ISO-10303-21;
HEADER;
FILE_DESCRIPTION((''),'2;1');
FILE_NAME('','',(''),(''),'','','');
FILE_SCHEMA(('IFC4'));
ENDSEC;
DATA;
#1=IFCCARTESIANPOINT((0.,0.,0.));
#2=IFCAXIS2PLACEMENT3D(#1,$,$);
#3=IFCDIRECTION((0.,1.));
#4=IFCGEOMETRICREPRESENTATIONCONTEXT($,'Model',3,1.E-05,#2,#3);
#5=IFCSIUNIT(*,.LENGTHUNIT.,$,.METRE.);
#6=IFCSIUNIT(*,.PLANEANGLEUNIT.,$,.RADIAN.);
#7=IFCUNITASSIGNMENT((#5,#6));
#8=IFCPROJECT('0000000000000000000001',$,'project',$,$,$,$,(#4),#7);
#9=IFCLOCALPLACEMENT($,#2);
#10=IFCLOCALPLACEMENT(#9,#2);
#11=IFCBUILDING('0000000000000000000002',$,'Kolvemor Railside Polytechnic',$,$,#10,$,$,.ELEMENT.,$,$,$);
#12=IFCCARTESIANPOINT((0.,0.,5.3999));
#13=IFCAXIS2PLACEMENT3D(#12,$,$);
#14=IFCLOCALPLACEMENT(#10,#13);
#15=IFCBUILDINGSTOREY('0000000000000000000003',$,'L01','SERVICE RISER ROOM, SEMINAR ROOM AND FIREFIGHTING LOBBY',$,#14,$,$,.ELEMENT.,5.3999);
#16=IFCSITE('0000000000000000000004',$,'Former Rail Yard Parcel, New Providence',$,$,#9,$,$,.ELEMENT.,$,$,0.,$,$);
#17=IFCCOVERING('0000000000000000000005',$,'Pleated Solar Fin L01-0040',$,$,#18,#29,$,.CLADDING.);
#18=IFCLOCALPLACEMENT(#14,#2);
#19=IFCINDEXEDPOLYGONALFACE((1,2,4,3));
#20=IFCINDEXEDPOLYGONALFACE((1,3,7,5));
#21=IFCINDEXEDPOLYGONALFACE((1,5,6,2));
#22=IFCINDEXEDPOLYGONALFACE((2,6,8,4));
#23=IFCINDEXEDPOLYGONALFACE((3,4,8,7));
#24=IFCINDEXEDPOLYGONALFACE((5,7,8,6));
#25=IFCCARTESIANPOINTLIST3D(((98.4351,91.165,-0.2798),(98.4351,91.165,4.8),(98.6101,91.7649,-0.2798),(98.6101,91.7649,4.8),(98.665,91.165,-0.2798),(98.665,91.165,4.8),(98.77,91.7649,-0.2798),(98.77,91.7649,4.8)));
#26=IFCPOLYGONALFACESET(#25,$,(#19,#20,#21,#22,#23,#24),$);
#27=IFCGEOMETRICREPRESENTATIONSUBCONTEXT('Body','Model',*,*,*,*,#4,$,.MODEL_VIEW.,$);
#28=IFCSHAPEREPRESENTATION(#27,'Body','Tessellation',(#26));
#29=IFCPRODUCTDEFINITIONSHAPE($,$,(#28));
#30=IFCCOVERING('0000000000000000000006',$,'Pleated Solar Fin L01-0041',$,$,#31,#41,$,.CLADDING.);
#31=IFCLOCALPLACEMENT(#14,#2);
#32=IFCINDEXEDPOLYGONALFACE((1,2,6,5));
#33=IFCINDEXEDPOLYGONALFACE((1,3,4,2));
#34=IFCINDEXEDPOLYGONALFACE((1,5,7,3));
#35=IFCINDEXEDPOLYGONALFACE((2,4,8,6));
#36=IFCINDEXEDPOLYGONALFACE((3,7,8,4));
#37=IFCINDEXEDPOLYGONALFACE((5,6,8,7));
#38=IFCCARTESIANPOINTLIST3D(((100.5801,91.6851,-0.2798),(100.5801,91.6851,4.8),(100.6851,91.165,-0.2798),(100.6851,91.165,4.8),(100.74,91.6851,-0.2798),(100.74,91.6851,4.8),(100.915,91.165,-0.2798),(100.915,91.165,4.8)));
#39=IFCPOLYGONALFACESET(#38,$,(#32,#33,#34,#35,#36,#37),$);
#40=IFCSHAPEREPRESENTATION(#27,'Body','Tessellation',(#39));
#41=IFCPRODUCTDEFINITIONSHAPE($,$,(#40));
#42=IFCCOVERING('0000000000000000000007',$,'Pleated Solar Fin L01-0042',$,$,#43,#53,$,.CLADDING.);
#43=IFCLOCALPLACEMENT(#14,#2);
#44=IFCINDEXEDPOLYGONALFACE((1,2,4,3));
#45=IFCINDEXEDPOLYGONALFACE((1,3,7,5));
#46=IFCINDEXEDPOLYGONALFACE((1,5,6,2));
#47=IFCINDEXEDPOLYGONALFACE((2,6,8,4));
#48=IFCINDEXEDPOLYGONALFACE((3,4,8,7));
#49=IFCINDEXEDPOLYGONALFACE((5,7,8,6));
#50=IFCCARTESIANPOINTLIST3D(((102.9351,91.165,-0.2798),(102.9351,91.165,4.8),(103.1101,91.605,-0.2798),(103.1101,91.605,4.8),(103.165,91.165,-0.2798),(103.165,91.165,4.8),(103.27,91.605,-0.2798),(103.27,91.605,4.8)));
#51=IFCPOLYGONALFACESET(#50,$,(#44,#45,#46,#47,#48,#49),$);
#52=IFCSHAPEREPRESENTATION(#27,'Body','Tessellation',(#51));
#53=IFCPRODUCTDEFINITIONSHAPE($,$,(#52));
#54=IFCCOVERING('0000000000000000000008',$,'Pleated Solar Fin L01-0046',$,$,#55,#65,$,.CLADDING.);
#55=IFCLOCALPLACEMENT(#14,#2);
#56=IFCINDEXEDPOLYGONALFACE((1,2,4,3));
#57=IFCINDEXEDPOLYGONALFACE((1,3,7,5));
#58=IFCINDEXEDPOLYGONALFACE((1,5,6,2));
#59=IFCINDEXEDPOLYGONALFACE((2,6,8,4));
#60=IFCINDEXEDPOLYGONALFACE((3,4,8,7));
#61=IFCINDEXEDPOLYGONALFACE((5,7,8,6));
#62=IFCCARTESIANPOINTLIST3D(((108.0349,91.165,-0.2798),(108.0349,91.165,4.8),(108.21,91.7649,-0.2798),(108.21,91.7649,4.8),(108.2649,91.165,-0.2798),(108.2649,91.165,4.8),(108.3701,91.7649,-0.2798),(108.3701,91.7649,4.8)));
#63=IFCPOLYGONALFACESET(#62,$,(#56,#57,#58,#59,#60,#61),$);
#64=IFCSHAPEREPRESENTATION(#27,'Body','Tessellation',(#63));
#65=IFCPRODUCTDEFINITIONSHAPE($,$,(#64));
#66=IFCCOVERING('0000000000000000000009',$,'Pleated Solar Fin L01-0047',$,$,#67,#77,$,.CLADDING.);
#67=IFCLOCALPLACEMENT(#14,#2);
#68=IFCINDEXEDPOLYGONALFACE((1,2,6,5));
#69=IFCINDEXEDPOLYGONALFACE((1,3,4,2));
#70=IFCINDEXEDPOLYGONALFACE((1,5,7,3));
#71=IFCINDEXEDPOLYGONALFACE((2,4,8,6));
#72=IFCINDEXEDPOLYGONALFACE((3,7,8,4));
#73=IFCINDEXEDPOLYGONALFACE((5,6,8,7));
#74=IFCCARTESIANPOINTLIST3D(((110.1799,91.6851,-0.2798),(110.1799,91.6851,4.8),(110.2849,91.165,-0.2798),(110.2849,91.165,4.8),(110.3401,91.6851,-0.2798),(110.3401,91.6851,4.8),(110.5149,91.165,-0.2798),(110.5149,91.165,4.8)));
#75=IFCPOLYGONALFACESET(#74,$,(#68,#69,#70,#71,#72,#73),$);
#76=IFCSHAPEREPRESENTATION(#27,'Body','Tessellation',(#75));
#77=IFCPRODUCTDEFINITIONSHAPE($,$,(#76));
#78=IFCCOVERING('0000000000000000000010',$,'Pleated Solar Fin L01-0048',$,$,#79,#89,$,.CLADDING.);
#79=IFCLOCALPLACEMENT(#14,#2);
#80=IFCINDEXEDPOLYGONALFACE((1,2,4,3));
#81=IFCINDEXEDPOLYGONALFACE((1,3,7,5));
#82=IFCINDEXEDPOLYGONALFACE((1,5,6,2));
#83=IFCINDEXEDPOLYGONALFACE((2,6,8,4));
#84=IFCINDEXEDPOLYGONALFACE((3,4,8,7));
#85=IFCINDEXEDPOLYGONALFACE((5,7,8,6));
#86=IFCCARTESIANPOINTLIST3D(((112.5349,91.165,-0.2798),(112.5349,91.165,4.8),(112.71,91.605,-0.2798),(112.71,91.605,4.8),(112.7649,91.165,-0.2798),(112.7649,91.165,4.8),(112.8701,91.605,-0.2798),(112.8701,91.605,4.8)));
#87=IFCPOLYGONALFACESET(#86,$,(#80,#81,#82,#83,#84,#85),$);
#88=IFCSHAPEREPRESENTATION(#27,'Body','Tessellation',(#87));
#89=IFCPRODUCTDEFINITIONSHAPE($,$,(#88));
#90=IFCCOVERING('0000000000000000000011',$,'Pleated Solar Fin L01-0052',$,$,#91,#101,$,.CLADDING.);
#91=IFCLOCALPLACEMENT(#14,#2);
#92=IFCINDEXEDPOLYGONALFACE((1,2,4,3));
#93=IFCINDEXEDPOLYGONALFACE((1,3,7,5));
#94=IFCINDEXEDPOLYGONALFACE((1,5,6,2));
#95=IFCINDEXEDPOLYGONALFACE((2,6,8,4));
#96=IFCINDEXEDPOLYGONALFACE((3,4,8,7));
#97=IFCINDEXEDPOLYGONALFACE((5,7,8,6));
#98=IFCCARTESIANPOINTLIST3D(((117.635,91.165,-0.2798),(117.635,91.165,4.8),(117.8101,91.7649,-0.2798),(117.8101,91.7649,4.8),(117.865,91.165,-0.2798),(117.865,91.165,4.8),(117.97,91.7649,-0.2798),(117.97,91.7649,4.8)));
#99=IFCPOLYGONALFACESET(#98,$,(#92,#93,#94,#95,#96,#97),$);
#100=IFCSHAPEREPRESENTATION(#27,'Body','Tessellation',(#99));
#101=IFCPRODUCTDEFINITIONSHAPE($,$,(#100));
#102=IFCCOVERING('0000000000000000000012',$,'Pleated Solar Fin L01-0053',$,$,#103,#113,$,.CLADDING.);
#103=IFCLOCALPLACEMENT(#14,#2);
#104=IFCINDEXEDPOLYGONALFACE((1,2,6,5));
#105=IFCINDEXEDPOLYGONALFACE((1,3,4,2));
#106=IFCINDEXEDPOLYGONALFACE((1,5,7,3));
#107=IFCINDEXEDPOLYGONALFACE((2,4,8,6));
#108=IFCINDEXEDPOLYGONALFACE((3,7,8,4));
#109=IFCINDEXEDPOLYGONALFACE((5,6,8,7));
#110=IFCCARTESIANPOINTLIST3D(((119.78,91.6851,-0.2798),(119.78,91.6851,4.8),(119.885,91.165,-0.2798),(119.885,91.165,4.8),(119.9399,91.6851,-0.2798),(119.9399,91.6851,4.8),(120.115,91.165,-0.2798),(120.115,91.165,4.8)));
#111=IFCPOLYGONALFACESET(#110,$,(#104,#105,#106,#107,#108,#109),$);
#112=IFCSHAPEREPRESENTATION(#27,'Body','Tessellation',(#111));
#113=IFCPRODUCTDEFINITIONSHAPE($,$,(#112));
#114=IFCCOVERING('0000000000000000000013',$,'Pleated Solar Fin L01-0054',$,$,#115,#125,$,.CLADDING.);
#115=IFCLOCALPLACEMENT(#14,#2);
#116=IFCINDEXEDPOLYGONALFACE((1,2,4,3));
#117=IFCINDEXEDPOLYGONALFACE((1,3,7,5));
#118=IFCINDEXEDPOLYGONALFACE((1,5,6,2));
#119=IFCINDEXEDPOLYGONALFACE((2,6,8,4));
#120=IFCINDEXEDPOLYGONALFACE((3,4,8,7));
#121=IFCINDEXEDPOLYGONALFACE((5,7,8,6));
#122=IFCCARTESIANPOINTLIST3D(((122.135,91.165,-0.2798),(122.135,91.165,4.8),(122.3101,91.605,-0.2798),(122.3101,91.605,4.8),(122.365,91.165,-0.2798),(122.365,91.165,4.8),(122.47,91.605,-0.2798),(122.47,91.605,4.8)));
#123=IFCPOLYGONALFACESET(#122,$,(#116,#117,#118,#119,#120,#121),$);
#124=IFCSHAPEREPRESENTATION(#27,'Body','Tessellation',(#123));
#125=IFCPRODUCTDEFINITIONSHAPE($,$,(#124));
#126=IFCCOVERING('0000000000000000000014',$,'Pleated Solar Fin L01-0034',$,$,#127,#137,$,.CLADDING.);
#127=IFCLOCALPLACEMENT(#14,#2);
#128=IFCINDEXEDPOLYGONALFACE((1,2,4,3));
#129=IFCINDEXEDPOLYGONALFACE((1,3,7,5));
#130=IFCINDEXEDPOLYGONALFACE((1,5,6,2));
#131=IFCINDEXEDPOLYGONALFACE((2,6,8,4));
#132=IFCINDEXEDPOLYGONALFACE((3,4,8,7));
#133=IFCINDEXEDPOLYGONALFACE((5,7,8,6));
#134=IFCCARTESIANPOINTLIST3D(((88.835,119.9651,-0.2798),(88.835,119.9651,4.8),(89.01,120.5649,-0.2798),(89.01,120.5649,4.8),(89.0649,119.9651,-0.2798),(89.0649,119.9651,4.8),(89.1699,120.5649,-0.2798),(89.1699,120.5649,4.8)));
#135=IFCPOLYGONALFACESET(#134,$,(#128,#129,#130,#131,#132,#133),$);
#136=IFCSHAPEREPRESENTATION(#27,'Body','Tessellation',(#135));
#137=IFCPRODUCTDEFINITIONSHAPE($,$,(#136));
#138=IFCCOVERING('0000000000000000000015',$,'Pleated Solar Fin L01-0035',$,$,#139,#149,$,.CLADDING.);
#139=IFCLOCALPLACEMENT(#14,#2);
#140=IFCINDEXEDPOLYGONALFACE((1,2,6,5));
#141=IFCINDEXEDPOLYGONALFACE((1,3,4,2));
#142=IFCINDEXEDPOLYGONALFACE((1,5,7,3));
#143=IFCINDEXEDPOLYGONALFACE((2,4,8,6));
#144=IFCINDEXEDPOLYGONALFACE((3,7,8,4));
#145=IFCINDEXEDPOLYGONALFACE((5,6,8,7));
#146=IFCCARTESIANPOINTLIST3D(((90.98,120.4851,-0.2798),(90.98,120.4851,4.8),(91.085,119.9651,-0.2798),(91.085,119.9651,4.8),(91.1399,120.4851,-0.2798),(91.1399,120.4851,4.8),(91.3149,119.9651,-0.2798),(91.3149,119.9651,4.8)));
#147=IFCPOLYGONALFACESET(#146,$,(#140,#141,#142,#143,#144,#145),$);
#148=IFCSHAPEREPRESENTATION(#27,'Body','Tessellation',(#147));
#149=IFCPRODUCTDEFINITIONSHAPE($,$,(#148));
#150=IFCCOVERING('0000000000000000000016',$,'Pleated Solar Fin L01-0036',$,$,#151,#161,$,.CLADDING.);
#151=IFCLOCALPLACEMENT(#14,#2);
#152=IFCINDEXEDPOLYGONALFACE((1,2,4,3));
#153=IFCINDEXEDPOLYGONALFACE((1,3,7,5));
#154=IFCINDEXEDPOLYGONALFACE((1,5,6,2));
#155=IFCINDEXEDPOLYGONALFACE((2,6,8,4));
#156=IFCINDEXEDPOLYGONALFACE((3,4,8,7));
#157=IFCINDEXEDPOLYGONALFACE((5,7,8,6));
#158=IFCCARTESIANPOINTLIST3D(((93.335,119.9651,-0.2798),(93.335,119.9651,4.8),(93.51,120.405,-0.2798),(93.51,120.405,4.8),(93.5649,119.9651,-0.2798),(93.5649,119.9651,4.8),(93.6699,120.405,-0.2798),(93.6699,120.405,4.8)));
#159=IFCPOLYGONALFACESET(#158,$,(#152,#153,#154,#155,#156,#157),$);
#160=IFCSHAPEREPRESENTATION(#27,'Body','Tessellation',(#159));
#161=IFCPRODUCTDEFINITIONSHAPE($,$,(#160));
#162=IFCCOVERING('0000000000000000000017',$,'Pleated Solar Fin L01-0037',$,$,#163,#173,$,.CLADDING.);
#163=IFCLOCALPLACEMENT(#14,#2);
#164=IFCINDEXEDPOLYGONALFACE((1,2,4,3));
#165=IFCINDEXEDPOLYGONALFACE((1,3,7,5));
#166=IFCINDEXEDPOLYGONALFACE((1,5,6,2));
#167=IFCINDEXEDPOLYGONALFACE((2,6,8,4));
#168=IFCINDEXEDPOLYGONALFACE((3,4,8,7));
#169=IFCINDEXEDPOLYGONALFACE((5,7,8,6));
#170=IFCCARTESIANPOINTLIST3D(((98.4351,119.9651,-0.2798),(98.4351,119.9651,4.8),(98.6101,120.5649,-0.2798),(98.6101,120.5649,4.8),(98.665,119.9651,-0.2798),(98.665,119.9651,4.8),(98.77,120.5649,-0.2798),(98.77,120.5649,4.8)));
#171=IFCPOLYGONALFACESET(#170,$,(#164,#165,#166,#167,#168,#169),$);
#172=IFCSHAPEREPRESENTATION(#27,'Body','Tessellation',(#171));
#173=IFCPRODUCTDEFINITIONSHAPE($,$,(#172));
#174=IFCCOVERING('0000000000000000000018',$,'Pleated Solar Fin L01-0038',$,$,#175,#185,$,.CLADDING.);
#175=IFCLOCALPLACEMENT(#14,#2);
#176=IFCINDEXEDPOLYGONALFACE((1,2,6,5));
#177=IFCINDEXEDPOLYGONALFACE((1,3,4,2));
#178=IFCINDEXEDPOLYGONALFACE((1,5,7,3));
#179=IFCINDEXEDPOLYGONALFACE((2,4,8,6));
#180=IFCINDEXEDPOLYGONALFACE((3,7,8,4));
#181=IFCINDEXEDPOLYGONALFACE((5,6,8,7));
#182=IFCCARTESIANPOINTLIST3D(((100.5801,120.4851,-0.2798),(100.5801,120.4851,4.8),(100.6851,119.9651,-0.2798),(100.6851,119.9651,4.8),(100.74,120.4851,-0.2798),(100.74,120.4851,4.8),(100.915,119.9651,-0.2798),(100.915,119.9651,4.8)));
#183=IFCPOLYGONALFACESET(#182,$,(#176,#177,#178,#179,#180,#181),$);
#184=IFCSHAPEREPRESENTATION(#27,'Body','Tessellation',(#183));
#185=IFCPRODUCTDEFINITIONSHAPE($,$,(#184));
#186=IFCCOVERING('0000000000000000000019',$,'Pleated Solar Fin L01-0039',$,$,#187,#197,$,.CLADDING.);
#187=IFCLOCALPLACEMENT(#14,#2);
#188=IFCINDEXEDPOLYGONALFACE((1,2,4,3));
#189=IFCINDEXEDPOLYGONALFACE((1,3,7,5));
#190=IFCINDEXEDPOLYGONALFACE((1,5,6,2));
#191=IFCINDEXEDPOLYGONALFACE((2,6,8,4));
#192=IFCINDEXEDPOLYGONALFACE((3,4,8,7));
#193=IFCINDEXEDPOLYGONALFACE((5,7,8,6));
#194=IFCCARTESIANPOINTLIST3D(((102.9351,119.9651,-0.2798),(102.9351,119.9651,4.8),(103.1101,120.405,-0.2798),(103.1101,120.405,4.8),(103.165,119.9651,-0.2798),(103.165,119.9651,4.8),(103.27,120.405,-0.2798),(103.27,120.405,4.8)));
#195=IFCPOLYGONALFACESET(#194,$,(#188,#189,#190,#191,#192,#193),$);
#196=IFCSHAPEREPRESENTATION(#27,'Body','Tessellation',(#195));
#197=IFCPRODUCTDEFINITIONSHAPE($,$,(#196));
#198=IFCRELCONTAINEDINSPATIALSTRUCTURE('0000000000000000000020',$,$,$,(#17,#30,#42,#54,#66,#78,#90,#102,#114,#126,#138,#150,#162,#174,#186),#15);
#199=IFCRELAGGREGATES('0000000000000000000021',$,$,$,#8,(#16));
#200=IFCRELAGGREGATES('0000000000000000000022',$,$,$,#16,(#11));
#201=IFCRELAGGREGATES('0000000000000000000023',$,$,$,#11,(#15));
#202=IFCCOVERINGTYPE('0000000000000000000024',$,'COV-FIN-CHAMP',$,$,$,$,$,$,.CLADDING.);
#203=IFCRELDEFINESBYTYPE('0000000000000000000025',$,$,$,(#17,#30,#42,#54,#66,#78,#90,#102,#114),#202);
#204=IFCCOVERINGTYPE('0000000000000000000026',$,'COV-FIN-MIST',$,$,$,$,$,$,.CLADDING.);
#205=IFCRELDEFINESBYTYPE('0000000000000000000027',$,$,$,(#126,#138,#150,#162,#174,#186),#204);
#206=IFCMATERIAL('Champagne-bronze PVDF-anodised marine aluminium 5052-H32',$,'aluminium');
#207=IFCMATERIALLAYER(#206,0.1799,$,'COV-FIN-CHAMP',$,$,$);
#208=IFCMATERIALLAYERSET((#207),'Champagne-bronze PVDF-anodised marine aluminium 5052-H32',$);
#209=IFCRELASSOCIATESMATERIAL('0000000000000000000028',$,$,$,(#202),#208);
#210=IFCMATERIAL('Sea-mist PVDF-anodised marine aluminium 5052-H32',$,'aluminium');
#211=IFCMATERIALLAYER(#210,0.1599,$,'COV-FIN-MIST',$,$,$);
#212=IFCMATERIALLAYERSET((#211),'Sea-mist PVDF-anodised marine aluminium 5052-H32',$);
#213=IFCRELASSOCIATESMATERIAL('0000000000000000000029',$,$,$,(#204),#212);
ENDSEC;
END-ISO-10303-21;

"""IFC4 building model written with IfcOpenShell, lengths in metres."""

from ifc_helpers import new_model, si_unit, direction, frame, origin, place, context, subcontext, project, spatial, polyline, outline, extrude, material, layer, layer_set, type_object, element, save


model = new_model("IFC4")

# Units and contexts
model_context = context("Model", 3, precision=1e-05, world=origin(), true_north=direction((0.0, 1.0)))
body_context = subcontext(model_context, "Body", "Model", "MODEL_VIEW")
ifc_project = project(units=[si_unit("LENGTHUNIT", "METRE"), si_unit("PLANEANGLEUNIT", "RADIAN")], contexts=[model_context])

# Site, building, storey
site_placement = place(None, origin())
site = spatial("IfcSite", under=ifc_project, at=site_placement, Name="Former Rail Yard Parcel, New Providence", CompositionType="ELEMENT", RefElevation=0.0)
building_placement = place(site_placement, origin())
building = spatial("IfcBuilding", under=site, at=building_placement, Name="Kolvemor Railside Polytechnic", CompositionType="ELEMENT")
storey_placement = place(building_placement, frame((0.0, 0.0, 5.3999)))
storey = spatial("IfcBuildingStorey", under=building, at=storey_placement, Name="L01", Description="SERVICE RISER ROOM, SEMINAR ROOM AND FIREFIGHTING LOBBY", CompositionType="ELEMENT", Elevation=5.3999)

# Coverings
ifc_material_1 = material(Name="Champagne-bronze PVDF-anodised marine aluminium 5052-H32", Category="aluminium")
ifc_layer_1 = layer(ifc_material_1, 0.1799, Name="COV-FIN-CHAMP")
ifc_layer_set_1 = layer_set([ifc_layer_1], Name="Champagne-bronze PVDF-anodised marine aluminium 5052-H32")
covering_type_1 = type_object("IfcCoveringType", Name="COV-FIN-CHAMP", PredefinedType="CLADDING", material=ifc_layer_set_1)
covering_1_placement = place(storey_placement, frame((0.0, 0.0, -0.2798)))
element("IfcCovering", 1, at=covering_1_placement, inside=storey, type_object=covering_type_1, Name="Pleated Solar Fin L01-0040", PredefinedType="CLADDING", context=body_context, shape_type="SweptSolid", body=[
    extrude(outline(polyline([(98.4351, 91.165), (98.665, 91.165), (98.77, 91.7649), (98.6101, 91.7649), (98.4351, 91.165)])), origin(), (0.0, 0.0, 1.0), 5.0798),
])
covering_2_placement = place(storey_placement, frame((0.0, 0.0, -0.2798)))
element("IfcCovering", 2, at=covering_2_placement, inside=storey, type_object=covering_type_1, Name="Pleated Solar Fin L01-0041", PredefinedType="CLADDING", context=body_context, shape_type="SweptSolid", body=[
    extrude(outline(polyline([(100.6851, 91.165), (100.915, 91.165), (100.74, 91.6851), (100.5801, 91.6851), (100.6851, 91.165)])), origin(), (0.0, 0.0, 1.0), 5.0798),
])
covering_3_placement = place(storey_placement, frame((0.0, 0.0, -0.2798)))
element("IfcCovering", 3, at=covering_3_placement, inside=storey, type_object=covering_type_1, Name="Pleated Solar Fin L01-0042", PredefinedType="CLADDING", context=body_context, shape_type="SweptSolid", body=[
    extrude(outline(polyline([(102.9351, 91.165), (103.165, 91.165), (103.27, 91.605), (103.1101, 91.605), (102.9351, 91.165)])), origin(), (0.0, 0.0, 1.0), 5.0798),
])
covering_4_placement = place(storey_placement, frame((0.0, 0.0, -0.2798)))
element("IfcCovering", 4, at=covering_4_placement, inside=storey, type_object=covering_type_1, Name="Pleated Solar Fin L01-0046", PredefinedType="CLADDING", context=body_context, shape_type="SweptSolid", body=[
    extrude(outline(polyline([(108.0349, 91.165), (108.2649, 91.165), (108.3701, 91.7649), (108.21, 91.7649), (108.0349, 91.165)])), origin(), (0.0, 0.0, 1.0), 5.0798),
])
covering_5_placement = place(storey_placement, frame((0.0, 0.0, -0.2798)))
element("IfcCovering", 5, at=covering_5_placement, inside=storey, type_object=covering_type_1, Name="Pleated Solar Fin L01-0047", PredefinedType="CLADDING", context=body_context, shape_type="SweptSolid", body=[
    extrude(outline(polyline([(110.2849, 91.165), (110.5149, 91.165), (110.3401, 91.6851), (110.1799, 91.6851), (110.2849, 91.165)])), origin(), (0.0, 0.0, 1.0), 5.0798),
])
covering_6_placement = place(storey_placement, frame((0.0, 0.0, -0.2798)))
element("IfcCovering", 6, at=covering_6_placement, inside=storey, type_object=covering_type_1, Name="Pleated Solar Fin L01-0048", PredefinedType="CLADDING", context=body_context, shape_type="SweptSolid", body=[
    extrude(outline(polyline([(112.5349, 91.165), (112.7649, 91.165), (112.8701, 91.605), (112.71, 91.605), (112.5349, 91.165)])), origin(), (0.0, 0.0, 1.0), 5.0798),
])
covering_7_placement = place(storey_placement, frame((0.0, 0.0, -0.2798)))
element("IfcCovering", 7, at=covering_7_placement, inside=storey, type_object=covering_type_1, Name="Pleated Solar Fin L01-0052", PredefinedType="CLADDING", context=body_context, shape_type="SweptSolid", body=[
    extrude(outline(polyline([(117.635, 91.165), (117.865, 91.165), (117.97, 91.7649), (117.8101, 91.7649), (117.635, 91.165)])), origin(), (0.0, 0.0, 1.0), 5.0798),
])
covering_8_placement = place(storey_placement, frame((0.0, 0.0, -0.2798)))
element("IfcCovering", 8, at=covering_8_placement, inside=storey, type_object=covering_type_1, Name="Pleated Solar Fin L01-0053", PredefinedType="CLADDING", context=body_context, shape_type="SweptSolid", body=[
    extrude(outline(polyline([(119.885, 91.165), (120.115, 91.165), (119.9399, 91.6851), (119.78, 91.6851), (119.885, 91.165)])), origin(), (0.0, 0.0, 1.0), 5.0798),
])
covering_9_placement = place(storey_placement, frame((0.0, 0.0, -0.2798)))
element("IfcCovering", 9, at=covering_9_placement, inside=storey, type_object=covering_type_1, Name="Pleated Solar Fin L01-0054", PredefinedType="CLADDING", context=body_context, shape_type="SweptSolid", body=[
    extrude(outline(polyline([(122.135, 91.165), (122.365, 91.165), (122.47, 91.605), (122.3101, 91.605), (122.135, 91.165)])), origin(), (0.0, 0.0, 1.0), 5.0798),
])
ifc_material_2 = material(Name="Sea-mist PVDF-anodised marine aluminium 5052-H32", Category="aluminium")
ifc_layer_2 = layer(ifc_material_2, 0.1599, Name="COV-FIN-MIST")
ifc_layer_set_2 = layer_set([ifc_layer_2], Name="Sea-mist PVDF-anodised marine aluminium 5052-H32")
covering_type_2 = type_object("IfcCoveringType", Name="COV-FIN-MIST", PredefinedType="CLADDING", material=ifc_layer_set_2)
covering_10_placement = place(storey_placement, frame((0.0, 0.0, -0.2798)))
element("IfcCovering", 10, at=covering_10_placement, inside=storey, type_object=covering_type_2, Name="Pleated Solar Fin L01-0034", PredefinedType="CLADDING", context=body_context, shape_type="SweptSolid", body=[
    extrude(outline(polyline([(88.835, 119.9651), (89.0649, 119.9651), (89.1699, 120.5649), (89.01, 120.5649), (88.835, 119.9651)])), origin(), (0.0, 0.0, 1.0), 5.0798),
])
covering_11_placement = place(storey_placement, frame((0.0, 0.0, -0.2798)))
element("IfcCovering", 11, at=covering_11_placement, inside=storey, type_object=covering_type_2, Name="Pleated Solar Fin L01-0035", PredefinedType="CLADDING", context=body_context, shape_type="SweptSolid", body=[
    extrude(outline(polyline([(91.085, 119.9651), (91.3149, 119.9651), (91.1399, 120.4851), (90.98, 120.4851), (91.085, 119.9651)])), origin(), (0.0, 0.0, 1.0), 5.0798),
])
covering_12_placement = place(storey_placement, frame((0.0, 0.0, -0.2798)))
element("IfcCovering", 12, at=covering_12_placement, inside=storey, type_object=covering_type_2, Name="Pleated Solar Fin L01-0036", PredefinedType="CLADDING", context=body_context, shape_type="SweptSolid", body=[
    extrude(outline(polyline([(93.335, 119.9651), (93.5649, 119.9651), (93.6699, 120.405), (93.51, 120.405), (93.335, 119.9651)])), origin(), (0.0, 0.0, 1.0), 5.0798),
])
covering_13_placement = place(storey_placement, frame((0.0, 0.0, -0.2798)))
element("IfcCovering", 13, at=covering_13_placement, inside=storey, type_object=covering_type_2, Name="Pleated Solar Fin L01-0037", PredefinedType="CLADDING", context=body_context, shape_type="SweptSolid", body=[
    extrude(outline(polyline([(98.4351, 119.9651), (98.665, 119.9651), (98.77, 120.5649), (98.6101, 120.5649), (98.4351, 119.9651)])), origin(), (0.0, 0.0, 1.0), 5.0798),
])
covering_14_placement = place(storey_placement, frame((0.0, 0.0, -0.2798)))
element("IfcCovering", 14, at=covering_14_placement, inside=storey, type_object=covering_type_2, Name="Pleated Solar Fin L01-0038", PredefinedType="CLADDING", context=body_context, shape_type="SweptSolid", body=[
    extrude(outline(polyline([(100.6851, 119.9651), (100.915, 119.9651), (100.74, 120.4851), (100.5801, 120.4851), (100.6851, 119.9651)])), origin(), (0.0, 0.0, 1.0), 5.0798),
])
covering_15_placement = place(storey_placement, frame((0.0, 0.0, -0.2798)))
element("IfcCovering", 15, at=covering_15_placement, inside=storey, type_object=covering_type_2, Name="Pleated Solar Fin L01-0039", PredefinedType="CLADDING", context=body_context, shape_type="SweptSolid", body=[
    extrude(outline(polyline([(102.9351, 119.9651), (103.165, 119.9651), (103.27, 120.405), (103.1101, 120.405), (102.9351, 119.9651)])), origin(), (0.0, 0.0, 1.0), 5.0798),
])

save(model, "model.ifc")
